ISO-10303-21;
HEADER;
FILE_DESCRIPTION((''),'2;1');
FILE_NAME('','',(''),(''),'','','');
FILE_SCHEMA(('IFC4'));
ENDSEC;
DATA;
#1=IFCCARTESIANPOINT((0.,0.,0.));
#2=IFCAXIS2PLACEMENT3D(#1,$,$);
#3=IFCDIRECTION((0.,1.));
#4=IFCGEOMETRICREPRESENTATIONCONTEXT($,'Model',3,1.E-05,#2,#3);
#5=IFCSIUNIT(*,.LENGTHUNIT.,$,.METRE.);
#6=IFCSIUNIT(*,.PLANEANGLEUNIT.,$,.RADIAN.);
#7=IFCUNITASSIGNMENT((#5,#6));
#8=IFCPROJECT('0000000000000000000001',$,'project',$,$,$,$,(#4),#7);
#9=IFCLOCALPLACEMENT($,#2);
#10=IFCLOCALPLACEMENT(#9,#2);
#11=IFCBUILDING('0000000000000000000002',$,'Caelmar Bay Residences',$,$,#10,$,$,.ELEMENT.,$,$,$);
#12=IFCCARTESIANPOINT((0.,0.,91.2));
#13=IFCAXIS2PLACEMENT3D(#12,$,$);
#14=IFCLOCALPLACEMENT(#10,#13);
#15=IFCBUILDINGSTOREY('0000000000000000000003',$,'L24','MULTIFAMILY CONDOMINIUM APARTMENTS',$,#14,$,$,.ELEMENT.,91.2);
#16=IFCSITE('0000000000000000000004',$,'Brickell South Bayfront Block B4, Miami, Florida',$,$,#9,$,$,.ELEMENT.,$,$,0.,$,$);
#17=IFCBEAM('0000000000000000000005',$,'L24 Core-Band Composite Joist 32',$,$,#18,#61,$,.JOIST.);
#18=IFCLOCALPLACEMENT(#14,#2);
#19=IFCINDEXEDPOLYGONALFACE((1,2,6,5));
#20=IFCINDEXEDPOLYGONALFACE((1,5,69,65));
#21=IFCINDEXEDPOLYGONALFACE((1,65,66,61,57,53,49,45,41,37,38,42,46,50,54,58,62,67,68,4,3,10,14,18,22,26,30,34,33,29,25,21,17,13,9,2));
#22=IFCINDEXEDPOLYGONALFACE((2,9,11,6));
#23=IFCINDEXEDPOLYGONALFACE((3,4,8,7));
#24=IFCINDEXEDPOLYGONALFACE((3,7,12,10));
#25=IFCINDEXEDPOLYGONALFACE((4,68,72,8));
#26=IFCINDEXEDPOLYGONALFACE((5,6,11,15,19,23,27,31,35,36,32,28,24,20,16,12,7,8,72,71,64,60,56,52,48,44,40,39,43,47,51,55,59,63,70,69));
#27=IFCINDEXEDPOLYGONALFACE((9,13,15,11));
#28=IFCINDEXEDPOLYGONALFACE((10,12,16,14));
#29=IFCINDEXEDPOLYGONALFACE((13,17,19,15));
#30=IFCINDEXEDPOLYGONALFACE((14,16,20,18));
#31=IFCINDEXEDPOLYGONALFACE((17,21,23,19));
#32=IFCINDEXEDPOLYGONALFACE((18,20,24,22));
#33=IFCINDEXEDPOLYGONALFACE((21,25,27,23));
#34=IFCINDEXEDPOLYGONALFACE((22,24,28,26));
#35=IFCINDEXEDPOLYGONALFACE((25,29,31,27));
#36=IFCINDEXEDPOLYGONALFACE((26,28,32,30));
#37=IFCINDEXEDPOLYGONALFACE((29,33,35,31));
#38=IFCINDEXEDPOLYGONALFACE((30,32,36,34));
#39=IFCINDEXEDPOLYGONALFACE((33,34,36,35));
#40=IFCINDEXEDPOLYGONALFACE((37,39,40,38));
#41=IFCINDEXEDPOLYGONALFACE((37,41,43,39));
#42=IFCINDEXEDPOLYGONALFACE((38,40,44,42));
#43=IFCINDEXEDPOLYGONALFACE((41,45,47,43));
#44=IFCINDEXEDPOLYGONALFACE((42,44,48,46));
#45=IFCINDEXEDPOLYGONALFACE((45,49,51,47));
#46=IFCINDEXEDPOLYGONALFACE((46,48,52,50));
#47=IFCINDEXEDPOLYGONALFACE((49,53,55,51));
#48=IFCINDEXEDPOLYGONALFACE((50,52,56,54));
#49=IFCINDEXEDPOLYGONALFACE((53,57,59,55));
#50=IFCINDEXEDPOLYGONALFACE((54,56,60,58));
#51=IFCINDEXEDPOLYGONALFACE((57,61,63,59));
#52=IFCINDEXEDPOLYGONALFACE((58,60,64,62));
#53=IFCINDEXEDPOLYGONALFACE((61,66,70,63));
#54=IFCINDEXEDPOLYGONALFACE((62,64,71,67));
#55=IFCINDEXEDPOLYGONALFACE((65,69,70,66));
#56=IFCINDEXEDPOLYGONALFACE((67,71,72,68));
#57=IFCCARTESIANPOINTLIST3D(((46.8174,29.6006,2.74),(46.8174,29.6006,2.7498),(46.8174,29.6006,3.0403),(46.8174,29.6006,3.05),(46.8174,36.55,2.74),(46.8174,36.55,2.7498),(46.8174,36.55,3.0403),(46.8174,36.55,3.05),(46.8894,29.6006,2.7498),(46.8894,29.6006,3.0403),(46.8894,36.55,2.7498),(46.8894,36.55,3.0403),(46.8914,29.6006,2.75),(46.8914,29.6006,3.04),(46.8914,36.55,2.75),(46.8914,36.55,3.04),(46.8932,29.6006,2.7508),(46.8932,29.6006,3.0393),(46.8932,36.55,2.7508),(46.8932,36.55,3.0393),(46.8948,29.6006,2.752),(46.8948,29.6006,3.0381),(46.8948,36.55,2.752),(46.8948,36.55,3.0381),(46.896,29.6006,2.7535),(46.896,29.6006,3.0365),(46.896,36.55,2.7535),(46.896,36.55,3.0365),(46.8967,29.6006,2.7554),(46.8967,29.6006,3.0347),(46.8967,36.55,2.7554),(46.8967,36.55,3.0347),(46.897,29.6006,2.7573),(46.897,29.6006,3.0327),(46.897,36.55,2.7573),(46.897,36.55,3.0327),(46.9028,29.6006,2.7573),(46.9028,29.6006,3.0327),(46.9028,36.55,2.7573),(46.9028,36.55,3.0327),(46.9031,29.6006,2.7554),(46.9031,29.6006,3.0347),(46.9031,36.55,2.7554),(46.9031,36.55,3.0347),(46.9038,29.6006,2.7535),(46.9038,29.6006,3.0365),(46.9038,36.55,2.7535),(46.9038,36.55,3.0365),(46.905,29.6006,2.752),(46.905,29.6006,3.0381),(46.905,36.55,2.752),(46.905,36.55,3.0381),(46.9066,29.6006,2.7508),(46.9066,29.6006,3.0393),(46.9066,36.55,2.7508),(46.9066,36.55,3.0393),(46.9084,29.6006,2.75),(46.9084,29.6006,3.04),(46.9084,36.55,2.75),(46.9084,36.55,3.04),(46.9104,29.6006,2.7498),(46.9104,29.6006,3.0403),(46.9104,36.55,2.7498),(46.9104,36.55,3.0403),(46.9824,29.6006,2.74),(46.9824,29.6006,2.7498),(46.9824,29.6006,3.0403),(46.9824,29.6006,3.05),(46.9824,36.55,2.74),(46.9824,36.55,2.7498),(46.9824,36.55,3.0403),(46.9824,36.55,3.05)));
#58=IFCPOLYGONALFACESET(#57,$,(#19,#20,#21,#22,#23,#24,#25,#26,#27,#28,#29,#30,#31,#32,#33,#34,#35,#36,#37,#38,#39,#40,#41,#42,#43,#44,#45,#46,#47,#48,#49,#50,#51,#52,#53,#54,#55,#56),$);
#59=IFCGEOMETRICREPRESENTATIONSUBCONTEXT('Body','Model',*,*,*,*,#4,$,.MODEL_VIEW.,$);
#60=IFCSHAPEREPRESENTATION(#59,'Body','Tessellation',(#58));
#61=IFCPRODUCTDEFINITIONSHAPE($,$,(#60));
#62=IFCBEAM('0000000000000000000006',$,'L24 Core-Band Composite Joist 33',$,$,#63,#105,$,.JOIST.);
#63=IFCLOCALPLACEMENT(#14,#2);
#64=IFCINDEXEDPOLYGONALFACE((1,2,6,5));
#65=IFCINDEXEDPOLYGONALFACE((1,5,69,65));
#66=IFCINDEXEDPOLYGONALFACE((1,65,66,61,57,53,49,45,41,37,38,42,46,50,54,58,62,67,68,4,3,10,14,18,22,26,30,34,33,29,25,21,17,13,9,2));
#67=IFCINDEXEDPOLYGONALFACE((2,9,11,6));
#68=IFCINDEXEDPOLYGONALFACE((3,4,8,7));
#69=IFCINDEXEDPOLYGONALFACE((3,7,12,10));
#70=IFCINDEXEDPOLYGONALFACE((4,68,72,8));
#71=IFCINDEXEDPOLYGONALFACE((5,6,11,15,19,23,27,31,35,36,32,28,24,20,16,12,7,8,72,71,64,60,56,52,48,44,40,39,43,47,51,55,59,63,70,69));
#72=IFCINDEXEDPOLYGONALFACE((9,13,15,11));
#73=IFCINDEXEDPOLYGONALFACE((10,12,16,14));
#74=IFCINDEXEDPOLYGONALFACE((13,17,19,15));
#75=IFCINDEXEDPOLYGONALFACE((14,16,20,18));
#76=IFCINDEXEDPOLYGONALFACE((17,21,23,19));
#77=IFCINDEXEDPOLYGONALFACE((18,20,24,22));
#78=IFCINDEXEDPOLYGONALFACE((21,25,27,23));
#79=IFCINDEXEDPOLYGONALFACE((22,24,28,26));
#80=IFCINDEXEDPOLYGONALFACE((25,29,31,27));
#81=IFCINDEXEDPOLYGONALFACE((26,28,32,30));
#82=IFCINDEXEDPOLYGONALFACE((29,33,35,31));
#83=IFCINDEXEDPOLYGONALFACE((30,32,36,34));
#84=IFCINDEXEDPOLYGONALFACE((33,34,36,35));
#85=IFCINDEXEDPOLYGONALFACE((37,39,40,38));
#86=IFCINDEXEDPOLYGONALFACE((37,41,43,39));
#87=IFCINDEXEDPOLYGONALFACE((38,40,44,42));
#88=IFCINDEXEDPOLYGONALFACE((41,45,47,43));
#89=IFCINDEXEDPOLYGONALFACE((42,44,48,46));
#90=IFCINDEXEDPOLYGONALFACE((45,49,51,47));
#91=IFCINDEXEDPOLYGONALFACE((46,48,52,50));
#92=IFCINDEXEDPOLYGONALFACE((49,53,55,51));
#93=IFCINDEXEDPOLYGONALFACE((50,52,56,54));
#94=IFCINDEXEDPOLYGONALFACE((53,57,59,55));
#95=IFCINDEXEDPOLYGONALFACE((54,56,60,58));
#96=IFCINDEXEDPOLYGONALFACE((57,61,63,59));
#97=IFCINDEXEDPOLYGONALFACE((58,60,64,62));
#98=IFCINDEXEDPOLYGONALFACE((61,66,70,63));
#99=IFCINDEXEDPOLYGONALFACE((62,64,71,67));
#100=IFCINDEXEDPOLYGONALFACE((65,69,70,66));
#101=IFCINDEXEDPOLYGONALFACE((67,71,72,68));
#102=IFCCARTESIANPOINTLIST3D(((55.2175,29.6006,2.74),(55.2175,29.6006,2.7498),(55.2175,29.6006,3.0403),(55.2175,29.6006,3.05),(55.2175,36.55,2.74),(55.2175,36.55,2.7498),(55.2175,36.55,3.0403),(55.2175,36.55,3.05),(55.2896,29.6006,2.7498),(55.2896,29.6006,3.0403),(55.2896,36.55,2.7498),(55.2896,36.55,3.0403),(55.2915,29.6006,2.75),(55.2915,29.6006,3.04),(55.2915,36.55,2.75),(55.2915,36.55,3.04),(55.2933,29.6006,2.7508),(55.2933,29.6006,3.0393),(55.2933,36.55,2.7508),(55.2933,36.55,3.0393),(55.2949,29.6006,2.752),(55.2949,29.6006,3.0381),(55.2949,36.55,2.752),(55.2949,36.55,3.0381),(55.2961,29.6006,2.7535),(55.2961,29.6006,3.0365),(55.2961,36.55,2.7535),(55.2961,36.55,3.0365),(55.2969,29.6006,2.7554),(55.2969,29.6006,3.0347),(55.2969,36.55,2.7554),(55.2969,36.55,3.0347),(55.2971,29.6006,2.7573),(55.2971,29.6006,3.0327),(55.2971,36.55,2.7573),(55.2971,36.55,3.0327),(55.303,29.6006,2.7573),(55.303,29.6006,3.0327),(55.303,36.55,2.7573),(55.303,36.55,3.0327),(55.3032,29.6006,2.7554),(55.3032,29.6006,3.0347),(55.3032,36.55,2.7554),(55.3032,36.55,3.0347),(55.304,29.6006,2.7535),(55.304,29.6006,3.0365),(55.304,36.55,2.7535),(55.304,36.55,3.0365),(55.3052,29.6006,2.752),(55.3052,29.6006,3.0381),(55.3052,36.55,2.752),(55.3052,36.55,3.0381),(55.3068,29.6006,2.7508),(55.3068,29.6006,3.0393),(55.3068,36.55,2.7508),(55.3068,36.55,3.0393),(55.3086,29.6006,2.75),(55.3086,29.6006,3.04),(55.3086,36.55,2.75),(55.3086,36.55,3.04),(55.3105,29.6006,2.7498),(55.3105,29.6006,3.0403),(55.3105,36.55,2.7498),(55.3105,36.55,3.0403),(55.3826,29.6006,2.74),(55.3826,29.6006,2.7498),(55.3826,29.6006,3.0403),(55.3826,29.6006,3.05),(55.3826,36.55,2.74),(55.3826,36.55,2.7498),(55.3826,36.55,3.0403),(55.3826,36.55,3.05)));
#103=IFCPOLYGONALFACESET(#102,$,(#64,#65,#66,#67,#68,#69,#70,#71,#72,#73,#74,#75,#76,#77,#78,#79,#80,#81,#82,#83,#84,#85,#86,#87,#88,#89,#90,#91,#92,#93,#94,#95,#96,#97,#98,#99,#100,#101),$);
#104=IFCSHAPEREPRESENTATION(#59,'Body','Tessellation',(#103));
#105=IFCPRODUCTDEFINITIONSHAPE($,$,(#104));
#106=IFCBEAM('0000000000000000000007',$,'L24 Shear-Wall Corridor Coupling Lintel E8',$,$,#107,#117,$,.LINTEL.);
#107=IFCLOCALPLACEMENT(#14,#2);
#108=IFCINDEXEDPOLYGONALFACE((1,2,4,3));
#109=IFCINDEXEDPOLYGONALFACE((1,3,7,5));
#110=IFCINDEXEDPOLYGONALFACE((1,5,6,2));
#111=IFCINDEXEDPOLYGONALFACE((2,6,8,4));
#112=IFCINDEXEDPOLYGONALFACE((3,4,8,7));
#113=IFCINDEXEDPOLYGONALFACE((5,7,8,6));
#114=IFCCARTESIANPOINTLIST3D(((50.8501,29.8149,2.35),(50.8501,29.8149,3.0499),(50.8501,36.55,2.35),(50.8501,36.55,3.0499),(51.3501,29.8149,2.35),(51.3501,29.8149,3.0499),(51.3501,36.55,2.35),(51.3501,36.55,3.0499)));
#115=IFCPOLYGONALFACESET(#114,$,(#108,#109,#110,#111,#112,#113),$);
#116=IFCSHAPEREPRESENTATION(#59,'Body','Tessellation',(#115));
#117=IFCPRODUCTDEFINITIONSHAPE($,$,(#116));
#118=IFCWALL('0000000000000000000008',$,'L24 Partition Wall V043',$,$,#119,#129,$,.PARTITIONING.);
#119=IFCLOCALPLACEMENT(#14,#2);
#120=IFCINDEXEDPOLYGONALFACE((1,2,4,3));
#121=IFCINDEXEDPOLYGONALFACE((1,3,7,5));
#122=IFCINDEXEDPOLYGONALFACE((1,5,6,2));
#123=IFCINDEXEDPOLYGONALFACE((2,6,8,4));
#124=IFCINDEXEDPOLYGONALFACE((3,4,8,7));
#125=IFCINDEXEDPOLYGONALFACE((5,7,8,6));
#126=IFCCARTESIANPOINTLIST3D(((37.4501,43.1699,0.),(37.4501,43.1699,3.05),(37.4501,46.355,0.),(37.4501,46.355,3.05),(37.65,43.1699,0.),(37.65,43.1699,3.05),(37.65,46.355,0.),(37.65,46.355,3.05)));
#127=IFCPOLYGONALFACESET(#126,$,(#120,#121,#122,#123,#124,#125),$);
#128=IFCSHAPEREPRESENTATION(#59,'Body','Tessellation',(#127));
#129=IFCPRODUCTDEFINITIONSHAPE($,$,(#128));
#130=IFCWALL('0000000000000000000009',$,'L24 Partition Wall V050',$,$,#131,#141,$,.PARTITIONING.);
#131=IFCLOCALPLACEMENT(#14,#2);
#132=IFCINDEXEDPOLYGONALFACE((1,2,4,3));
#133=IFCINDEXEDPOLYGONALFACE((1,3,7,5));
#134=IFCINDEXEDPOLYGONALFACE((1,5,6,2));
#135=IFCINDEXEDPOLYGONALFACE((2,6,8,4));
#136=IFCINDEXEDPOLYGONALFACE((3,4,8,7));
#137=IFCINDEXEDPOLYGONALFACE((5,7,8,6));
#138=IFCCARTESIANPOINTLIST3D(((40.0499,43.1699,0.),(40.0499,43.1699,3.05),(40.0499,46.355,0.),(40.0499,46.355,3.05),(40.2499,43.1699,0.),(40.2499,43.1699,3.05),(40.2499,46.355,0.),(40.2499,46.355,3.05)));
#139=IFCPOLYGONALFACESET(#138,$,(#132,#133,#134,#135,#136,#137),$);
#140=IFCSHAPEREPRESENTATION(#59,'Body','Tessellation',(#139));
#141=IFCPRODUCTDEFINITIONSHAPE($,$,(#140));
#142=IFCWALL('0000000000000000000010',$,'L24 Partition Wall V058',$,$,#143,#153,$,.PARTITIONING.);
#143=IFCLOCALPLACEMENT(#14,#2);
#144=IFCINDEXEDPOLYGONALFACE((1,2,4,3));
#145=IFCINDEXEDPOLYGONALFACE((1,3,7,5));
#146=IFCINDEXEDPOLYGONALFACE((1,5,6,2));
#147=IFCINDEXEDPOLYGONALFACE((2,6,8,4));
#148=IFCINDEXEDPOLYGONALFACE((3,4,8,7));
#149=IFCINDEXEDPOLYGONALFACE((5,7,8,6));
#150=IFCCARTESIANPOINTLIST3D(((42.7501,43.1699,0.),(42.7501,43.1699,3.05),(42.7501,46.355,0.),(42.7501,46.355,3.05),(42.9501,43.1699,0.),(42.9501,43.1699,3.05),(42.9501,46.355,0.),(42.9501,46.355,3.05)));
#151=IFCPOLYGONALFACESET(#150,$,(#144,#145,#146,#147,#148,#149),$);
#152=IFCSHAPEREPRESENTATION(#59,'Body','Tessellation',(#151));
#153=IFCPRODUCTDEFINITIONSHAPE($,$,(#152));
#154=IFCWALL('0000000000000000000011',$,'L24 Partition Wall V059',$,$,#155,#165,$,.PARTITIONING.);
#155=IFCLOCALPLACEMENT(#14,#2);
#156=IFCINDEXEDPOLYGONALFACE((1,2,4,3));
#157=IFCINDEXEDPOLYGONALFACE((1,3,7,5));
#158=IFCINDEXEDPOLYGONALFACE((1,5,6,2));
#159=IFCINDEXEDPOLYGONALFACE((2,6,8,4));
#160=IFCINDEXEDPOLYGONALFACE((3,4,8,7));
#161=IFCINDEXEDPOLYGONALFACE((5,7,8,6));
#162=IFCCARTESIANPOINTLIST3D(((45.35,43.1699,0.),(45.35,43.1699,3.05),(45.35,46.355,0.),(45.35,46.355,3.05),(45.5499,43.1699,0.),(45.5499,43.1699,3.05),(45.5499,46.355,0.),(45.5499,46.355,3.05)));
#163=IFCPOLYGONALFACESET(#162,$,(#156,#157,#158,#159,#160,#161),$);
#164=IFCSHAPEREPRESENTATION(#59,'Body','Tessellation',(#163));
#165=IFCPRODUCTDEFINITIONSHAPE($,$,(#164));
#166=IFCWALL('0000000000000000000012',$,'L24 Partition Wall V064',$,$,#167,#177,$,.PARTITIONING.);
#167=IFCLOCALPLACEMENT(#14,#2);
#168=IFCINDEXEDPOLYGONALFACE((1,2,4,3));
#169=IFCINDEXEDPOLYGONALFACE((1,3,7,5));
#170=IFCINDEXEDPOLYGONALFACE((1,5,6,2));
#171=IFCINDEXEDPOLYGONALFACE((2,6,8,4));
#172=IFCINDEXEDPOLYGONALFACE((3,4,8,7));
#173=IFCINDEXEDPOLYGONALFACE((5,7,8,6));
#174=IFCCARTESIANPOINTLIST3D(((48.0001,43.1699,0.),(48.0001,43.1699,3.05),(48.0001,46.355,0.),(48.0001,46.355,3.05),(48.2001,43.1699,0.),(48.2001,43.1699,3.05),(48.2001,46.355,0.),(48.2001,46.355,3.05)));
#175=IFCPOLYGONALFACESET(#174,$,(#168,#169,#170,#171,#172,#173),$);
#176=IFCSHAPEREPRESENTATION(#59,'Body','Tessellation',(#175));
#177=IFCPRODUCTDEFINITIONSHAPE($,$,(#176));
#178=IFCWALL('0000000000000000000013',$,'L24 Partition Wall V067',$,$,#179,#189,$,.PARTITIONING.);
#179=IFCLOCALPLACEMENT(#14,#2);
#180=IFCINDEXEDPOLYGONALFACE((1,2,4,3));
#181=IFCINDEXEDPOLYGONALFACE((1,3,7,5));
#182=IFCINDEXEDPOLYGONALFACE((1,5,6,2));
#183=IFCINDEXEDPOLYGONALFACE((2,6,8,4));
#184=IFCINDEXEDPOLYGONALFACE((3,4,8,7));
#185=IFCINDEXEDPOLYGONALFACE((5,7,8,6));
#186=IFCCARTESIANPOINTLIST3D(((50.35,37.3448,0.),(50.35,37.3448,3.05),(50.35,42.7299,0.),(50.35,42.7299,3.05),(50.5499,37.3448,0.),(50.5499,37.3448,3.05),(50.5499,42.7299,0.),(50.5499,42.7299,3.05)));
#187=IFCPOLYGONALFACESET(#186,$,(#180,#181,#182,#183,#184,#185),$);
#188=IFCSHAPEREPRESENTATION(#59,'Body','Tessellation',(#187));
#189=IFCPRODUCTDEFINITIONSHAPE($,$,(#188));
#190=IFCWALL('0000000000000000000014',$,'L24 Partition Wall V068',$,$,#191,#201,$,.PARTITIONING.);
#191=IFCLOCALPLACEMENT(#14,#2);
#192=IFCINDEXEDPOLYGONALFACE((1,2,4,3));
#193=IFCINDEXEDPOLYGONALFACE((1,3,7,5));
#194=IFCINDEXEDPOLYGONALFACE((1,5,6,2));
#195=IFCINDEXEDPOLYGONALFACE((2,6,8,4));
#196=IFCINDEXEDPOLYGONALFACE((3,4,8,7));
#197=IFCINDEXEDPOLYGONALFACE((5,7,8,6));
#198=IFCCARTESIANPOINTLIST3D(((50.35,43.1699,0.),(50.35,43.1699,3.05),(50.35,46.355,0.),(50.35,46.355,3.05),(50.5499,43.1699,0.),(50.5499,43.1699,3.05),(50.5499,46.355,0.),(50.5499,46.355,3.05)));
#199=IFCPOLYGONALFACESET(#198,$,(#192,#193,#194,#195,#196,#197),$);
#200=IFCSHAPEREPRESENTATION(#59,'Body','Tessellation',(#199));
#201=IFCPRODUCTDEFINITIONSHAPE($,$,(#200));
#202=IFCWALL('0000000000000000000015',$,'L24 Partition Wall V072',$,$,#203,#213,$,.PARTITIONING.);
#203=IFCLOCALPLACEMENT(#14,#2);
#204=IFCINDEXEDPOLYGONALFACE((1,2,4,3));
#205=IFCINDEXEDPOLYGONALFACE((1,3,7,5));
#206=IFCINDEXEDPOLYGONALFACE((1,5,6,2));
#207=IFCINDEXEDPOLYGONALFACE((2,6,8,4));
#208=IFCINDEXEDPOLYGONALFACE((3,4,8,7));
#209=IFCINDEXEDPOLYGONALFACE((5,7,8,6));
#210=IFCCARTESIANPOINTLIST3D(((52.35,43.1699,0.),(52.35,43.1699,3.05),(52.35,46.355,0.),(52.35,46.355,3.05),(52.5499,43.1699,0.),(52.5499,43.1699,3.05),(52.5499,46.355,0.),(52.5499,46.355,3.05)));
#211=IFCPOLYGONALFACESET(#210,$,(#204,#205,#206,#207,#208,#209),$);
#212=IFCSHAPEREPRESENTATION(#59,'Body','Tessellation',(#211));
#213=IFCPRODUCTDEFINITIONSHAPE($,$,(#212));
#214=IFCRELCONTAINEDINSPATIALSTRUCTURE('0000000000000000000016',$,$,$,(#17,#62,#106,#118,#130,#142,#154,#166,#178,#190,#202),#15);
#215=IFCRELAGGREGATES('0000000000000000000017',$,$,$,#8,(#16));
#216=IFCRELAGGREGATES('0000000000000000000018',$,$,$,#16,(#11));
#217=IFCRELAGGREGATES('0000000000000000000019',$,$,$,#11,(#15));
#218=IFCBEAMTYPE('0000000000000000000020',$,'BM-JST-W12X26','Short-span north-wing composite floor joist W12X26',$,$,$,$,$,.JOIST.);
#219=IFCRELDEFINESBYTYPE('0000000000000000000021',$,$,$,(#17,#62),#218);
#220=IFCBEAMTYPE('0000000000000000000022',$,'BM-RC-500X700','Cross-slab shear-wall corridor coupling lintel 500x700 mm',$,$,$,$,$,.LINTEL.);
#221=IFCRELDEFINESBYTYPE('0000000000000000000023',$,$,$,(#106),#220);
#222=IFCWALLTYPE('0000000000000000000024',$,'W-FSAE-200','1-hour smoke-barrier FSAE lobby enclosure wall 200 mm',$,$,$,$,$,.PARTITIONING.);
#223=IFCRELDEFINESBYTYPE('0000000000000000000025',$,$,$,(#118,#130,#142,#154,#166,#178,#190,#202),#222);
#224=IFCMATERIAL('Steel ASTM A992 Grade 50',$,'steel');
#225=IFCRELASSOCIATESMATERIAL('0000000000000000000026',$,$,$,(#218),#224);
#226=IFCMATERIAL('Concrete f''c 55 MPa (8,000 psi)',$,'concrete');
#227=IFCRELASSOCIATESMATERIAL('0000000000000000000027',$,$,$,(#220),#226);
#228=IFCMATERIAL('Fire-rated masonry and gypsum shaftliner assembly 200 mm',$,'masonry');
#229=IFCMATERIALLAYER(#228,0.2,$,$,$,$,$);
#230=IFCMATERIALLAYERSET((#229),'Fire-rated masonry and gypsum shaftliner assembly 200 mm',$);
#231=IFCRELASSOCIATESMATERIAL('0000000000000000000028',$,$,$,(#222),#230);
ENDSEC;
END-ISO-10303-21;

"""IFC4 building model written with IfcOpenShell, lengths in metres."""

from ifc_helpers import new_model, si_unit, direction, frame, frame_2d, origin, origin_2d, place, context, subcontext, project, spatial, rectangle, i_section, extrude, material, layer, layer_set, material_profile, profile_set, type_object, element, save


model = new_model("IFC4")

# Units and contexts
model_context = context("Model", 3, precision=1e-05, world=origin(), true_north=direction((0.0, 1.0)))
body_context = subcontext(model_context, "Body", "Model", "MODEL_VIEW")
ifc_project = project(units=[si_unit("LENGTHUNIT", "METRE"), si_unit("PLANEANGLEUNIT", "RADIAN")], contexts=[model_context])

# Site, building, storey
site_placement = place(None, origin())
site = spatial("IfcSite", under=ifc_project, at=site_placement, Name="Brickell South Bayfront Block B4, Miami, Florida", CompositionType="ELEMENT", RefElevation=0.0)
building_placement = place(site_placement, origin())
building = spatial("IfcBuilding", under=site, at=building_placement, Name="Caelmar Bay Residences", CompositionType="ELEMENT")
storey_placement = place(building_placement, frame((0.0, 0.0, 91.2)))
storey = spatial("IfcBuildingStorey", under=building, at=storey_placement, Name="L24", Description="MULTIFAMILY CONDOMINIUM APARTMENTS", CompositionType="ELEMENT", Elevation=91.2)

# Beams
ifc_material_1 = material(Name="Steel ASTM A992 Grade 50", Category="steel")
ifc_material_profile_1 = material_profile(ifc_material_1, i_section(OverallWidth=0.165, OverallDepth=0.3101, WebThickness=0.0059, FlangeThickness=0.0098, FilletRadius=0.0076, at=origin_2d()), Name="W12X26")
ifc_profile_set_1 = profile_set([ifc_material_profile_1], Name="Steel ASTM A992 Grade 50")
beam_type_1 = type_object("IfcBeamType", Name="BM-JST-W12X26", Description="Short-span north-wing composite floor joist W12X26", PredefinedType="JOIST", material=ifc_profile_set_1)
for number, where, z_axis, x_axis, name in (
    (1, (46.8999, 29.6006, 2.895), (0.0, 1.0, 0.0), (-1.0, 0.0, 0.0), "L24 Core-Band Composite Joist 32"),
    (2, (55.3, 29.6006, 2.895), (0.0, 1.0, 0.0), (-1.0, 0.0, 0.0), "L24 Core-Band Composite Joist 33"),
):
    element("IfcBeam", number, at=place(storey_placement, frame(where, z_axis=z_axis, x_axis=x_axis)), inside=storey, type_object=beam_type_1, Name=name, PredefinedType="JOIST", context=body_context, shape_type="SweptSolid", body=[
        extrude(i_section(OverallWidth=0.165, OverallDepth=0.3101, WebThickness=0.0059, FlangeThickness=0.0098, FilletRadius=0.0076, at=origin_2d()), origin(), (0.0, 0.0, 1.0), 6.9495),
    ])
ifc_material_2 = material(Name="Concrete f'c 55 MPa (8,000 psi)", Category="concrete")
ifc_material_profile_2 = material_profile(ifc_material_2, rectangle(XDim=0.5, YDim=0.7, at=origin_2d()), Name="RC-BM-500X700")
ifc_profile_set_2 = profile_set([ifc_material_profile_2], Name="Concrete f'c 55 MPa (8,000 psi)")
beam_type_2 = type_object("IfcBeamType", Name="BM-RC-500X700", Description="Cross-slab shear-wall corridor coupling lintel 500x700 mm", PredefinedType="LINTEL", material=ifc_profile_set_2)
beam_placement = place(storey_placement, frame((51.1001, 29.8149, 2.7), z_axis=(0.0, 1.0, 0.0), x_axis=(-1.0, 0.0, 0.0)))
element("IfcBeam", 3, at=beam_placement, inside=storey, type_object=beam_type_2, Name="L24 Shear-Wall Corridor Coupling Lintel E8", PredefinedType="LINTEL", context=body_context, shape_type="SweptSolid", body=[
    extrude(rectangle(XDim=0.5, YDim=0.7, at=origin_2d()), origin(), (0.0, 0.0, 1.0), 6.7351),
])

# Walls
ifc_material_3 = material(Name="Fire-rated masonry and gypsum shaftliner assembly 200 mm", Category="masonry")
ifc_layer_1 = layer(ifc_material_3, 0.2)
ifc_layer_set_1 = layer_set([ifc_layer_1], Name="Fire-rated masonry and gypsum shaftliner assembly 200 mm")
wall_type_1 = type_object("IfcWallType", Name="W-FSAE-200", Description="1-hour smoke-barrier FSAE lobby enclosure wall 200 mm", PredefinedType="PARTITIONING", material=ifc_layer_set_1)
for number, where, z_axis, x_axis, name in (
    (4, (37.55, 43.1699, 0.0), (0.0, 0.0, 1.0), (0.0, 1.0, 0.0), "L24 Partition Wall V043"),
    (5, (40.1499, 43.1699, 0.0), (0.0, 0.0, 1.0), (0.0, 1.0, 0.0), "L24 Partition Wall V050"),
    (6, (42.8501, 43.1699, 0.0), (0.0, 0.0, 1.0), (0.0, 1.0, 0.0), "L24 Partition Wall V058"),
    (7, (45.45, 43.1699, 0.0), (0.0, 0.0, 1.0), (0.0, 1.0, 0.0), "L24 Partition Wall V059"),
    (8, (48.1001, 43.1699, 0.0), (0.0, 0.0, 1.0), (0.0, 1.0, 0.0), "L24 Partition Wall V064"),
):
    element("IfcWall", number, at=place(storey_placement, frame(where, z_axis=z_axis, x_axis=x_axis)), inside=storey, type_object=wall_type_1, Name=name, PredefinedType="PARTITIONING", context=body_context, shape_type="SweptSolid", body=[
        extrude(rectangle(XDim=3.1851, YDim=0.2, at=frame_2d((1.5925, 0.0))), origin(), (0.0, 0.0, 1.0), 3.05),
    ])
wall_1_placement = place(storey_placement, frame((50.45, 37.345, 0.0), z_axis=(0.0, 0.0, 1.0), x_axis=(0.0, 1.0, 0.0)))
element("IfcWall", 9, at=wall_1_placement, inside=storey, type_object=wall_type_1, Name="L24 Partition Wall V067", PredefinedType="PARTITIONING", context=body_context, shape_type="SweptSolid", body=[
    extrude(rectangle(XDim=5.385, YDim=0.2, at=frame_2d((2.6924, 0.0))), origin(), (0.0, 0.0, 1.0), 3.05),
])
for number, where, z_axis, x_axis, name in (
    (10, (50.45, 43.1699, 0.0), (0.0, 0.0, 1.0), (0.0, 1.0, 0.0), "L24 Partition Wall V068"),
    (11, (52.45, 43.1699, 0.0), (0.0, 0.0, 1.0), (0.0, 1.0, 0.0), "L24 Partition Wall V072"),
):
    element("IfcWall", number, at=place(storey_placement, frame(where, z_axis=z_axis, x_axis=x_axis)), inside=storey, type_object=wall_type_1, Name=name, PredefinedType="PARTITIONING", context=body_context, shape_type="SweptSolid", body=[
        extrude(rectangle(XDim=3.1851, YDim=0.2, at=frame_2d((1.5925, 0.0))), origin(), (0.0, 0.0, 1.0), 3.05),
    ])

save(model, "model.ifc")
